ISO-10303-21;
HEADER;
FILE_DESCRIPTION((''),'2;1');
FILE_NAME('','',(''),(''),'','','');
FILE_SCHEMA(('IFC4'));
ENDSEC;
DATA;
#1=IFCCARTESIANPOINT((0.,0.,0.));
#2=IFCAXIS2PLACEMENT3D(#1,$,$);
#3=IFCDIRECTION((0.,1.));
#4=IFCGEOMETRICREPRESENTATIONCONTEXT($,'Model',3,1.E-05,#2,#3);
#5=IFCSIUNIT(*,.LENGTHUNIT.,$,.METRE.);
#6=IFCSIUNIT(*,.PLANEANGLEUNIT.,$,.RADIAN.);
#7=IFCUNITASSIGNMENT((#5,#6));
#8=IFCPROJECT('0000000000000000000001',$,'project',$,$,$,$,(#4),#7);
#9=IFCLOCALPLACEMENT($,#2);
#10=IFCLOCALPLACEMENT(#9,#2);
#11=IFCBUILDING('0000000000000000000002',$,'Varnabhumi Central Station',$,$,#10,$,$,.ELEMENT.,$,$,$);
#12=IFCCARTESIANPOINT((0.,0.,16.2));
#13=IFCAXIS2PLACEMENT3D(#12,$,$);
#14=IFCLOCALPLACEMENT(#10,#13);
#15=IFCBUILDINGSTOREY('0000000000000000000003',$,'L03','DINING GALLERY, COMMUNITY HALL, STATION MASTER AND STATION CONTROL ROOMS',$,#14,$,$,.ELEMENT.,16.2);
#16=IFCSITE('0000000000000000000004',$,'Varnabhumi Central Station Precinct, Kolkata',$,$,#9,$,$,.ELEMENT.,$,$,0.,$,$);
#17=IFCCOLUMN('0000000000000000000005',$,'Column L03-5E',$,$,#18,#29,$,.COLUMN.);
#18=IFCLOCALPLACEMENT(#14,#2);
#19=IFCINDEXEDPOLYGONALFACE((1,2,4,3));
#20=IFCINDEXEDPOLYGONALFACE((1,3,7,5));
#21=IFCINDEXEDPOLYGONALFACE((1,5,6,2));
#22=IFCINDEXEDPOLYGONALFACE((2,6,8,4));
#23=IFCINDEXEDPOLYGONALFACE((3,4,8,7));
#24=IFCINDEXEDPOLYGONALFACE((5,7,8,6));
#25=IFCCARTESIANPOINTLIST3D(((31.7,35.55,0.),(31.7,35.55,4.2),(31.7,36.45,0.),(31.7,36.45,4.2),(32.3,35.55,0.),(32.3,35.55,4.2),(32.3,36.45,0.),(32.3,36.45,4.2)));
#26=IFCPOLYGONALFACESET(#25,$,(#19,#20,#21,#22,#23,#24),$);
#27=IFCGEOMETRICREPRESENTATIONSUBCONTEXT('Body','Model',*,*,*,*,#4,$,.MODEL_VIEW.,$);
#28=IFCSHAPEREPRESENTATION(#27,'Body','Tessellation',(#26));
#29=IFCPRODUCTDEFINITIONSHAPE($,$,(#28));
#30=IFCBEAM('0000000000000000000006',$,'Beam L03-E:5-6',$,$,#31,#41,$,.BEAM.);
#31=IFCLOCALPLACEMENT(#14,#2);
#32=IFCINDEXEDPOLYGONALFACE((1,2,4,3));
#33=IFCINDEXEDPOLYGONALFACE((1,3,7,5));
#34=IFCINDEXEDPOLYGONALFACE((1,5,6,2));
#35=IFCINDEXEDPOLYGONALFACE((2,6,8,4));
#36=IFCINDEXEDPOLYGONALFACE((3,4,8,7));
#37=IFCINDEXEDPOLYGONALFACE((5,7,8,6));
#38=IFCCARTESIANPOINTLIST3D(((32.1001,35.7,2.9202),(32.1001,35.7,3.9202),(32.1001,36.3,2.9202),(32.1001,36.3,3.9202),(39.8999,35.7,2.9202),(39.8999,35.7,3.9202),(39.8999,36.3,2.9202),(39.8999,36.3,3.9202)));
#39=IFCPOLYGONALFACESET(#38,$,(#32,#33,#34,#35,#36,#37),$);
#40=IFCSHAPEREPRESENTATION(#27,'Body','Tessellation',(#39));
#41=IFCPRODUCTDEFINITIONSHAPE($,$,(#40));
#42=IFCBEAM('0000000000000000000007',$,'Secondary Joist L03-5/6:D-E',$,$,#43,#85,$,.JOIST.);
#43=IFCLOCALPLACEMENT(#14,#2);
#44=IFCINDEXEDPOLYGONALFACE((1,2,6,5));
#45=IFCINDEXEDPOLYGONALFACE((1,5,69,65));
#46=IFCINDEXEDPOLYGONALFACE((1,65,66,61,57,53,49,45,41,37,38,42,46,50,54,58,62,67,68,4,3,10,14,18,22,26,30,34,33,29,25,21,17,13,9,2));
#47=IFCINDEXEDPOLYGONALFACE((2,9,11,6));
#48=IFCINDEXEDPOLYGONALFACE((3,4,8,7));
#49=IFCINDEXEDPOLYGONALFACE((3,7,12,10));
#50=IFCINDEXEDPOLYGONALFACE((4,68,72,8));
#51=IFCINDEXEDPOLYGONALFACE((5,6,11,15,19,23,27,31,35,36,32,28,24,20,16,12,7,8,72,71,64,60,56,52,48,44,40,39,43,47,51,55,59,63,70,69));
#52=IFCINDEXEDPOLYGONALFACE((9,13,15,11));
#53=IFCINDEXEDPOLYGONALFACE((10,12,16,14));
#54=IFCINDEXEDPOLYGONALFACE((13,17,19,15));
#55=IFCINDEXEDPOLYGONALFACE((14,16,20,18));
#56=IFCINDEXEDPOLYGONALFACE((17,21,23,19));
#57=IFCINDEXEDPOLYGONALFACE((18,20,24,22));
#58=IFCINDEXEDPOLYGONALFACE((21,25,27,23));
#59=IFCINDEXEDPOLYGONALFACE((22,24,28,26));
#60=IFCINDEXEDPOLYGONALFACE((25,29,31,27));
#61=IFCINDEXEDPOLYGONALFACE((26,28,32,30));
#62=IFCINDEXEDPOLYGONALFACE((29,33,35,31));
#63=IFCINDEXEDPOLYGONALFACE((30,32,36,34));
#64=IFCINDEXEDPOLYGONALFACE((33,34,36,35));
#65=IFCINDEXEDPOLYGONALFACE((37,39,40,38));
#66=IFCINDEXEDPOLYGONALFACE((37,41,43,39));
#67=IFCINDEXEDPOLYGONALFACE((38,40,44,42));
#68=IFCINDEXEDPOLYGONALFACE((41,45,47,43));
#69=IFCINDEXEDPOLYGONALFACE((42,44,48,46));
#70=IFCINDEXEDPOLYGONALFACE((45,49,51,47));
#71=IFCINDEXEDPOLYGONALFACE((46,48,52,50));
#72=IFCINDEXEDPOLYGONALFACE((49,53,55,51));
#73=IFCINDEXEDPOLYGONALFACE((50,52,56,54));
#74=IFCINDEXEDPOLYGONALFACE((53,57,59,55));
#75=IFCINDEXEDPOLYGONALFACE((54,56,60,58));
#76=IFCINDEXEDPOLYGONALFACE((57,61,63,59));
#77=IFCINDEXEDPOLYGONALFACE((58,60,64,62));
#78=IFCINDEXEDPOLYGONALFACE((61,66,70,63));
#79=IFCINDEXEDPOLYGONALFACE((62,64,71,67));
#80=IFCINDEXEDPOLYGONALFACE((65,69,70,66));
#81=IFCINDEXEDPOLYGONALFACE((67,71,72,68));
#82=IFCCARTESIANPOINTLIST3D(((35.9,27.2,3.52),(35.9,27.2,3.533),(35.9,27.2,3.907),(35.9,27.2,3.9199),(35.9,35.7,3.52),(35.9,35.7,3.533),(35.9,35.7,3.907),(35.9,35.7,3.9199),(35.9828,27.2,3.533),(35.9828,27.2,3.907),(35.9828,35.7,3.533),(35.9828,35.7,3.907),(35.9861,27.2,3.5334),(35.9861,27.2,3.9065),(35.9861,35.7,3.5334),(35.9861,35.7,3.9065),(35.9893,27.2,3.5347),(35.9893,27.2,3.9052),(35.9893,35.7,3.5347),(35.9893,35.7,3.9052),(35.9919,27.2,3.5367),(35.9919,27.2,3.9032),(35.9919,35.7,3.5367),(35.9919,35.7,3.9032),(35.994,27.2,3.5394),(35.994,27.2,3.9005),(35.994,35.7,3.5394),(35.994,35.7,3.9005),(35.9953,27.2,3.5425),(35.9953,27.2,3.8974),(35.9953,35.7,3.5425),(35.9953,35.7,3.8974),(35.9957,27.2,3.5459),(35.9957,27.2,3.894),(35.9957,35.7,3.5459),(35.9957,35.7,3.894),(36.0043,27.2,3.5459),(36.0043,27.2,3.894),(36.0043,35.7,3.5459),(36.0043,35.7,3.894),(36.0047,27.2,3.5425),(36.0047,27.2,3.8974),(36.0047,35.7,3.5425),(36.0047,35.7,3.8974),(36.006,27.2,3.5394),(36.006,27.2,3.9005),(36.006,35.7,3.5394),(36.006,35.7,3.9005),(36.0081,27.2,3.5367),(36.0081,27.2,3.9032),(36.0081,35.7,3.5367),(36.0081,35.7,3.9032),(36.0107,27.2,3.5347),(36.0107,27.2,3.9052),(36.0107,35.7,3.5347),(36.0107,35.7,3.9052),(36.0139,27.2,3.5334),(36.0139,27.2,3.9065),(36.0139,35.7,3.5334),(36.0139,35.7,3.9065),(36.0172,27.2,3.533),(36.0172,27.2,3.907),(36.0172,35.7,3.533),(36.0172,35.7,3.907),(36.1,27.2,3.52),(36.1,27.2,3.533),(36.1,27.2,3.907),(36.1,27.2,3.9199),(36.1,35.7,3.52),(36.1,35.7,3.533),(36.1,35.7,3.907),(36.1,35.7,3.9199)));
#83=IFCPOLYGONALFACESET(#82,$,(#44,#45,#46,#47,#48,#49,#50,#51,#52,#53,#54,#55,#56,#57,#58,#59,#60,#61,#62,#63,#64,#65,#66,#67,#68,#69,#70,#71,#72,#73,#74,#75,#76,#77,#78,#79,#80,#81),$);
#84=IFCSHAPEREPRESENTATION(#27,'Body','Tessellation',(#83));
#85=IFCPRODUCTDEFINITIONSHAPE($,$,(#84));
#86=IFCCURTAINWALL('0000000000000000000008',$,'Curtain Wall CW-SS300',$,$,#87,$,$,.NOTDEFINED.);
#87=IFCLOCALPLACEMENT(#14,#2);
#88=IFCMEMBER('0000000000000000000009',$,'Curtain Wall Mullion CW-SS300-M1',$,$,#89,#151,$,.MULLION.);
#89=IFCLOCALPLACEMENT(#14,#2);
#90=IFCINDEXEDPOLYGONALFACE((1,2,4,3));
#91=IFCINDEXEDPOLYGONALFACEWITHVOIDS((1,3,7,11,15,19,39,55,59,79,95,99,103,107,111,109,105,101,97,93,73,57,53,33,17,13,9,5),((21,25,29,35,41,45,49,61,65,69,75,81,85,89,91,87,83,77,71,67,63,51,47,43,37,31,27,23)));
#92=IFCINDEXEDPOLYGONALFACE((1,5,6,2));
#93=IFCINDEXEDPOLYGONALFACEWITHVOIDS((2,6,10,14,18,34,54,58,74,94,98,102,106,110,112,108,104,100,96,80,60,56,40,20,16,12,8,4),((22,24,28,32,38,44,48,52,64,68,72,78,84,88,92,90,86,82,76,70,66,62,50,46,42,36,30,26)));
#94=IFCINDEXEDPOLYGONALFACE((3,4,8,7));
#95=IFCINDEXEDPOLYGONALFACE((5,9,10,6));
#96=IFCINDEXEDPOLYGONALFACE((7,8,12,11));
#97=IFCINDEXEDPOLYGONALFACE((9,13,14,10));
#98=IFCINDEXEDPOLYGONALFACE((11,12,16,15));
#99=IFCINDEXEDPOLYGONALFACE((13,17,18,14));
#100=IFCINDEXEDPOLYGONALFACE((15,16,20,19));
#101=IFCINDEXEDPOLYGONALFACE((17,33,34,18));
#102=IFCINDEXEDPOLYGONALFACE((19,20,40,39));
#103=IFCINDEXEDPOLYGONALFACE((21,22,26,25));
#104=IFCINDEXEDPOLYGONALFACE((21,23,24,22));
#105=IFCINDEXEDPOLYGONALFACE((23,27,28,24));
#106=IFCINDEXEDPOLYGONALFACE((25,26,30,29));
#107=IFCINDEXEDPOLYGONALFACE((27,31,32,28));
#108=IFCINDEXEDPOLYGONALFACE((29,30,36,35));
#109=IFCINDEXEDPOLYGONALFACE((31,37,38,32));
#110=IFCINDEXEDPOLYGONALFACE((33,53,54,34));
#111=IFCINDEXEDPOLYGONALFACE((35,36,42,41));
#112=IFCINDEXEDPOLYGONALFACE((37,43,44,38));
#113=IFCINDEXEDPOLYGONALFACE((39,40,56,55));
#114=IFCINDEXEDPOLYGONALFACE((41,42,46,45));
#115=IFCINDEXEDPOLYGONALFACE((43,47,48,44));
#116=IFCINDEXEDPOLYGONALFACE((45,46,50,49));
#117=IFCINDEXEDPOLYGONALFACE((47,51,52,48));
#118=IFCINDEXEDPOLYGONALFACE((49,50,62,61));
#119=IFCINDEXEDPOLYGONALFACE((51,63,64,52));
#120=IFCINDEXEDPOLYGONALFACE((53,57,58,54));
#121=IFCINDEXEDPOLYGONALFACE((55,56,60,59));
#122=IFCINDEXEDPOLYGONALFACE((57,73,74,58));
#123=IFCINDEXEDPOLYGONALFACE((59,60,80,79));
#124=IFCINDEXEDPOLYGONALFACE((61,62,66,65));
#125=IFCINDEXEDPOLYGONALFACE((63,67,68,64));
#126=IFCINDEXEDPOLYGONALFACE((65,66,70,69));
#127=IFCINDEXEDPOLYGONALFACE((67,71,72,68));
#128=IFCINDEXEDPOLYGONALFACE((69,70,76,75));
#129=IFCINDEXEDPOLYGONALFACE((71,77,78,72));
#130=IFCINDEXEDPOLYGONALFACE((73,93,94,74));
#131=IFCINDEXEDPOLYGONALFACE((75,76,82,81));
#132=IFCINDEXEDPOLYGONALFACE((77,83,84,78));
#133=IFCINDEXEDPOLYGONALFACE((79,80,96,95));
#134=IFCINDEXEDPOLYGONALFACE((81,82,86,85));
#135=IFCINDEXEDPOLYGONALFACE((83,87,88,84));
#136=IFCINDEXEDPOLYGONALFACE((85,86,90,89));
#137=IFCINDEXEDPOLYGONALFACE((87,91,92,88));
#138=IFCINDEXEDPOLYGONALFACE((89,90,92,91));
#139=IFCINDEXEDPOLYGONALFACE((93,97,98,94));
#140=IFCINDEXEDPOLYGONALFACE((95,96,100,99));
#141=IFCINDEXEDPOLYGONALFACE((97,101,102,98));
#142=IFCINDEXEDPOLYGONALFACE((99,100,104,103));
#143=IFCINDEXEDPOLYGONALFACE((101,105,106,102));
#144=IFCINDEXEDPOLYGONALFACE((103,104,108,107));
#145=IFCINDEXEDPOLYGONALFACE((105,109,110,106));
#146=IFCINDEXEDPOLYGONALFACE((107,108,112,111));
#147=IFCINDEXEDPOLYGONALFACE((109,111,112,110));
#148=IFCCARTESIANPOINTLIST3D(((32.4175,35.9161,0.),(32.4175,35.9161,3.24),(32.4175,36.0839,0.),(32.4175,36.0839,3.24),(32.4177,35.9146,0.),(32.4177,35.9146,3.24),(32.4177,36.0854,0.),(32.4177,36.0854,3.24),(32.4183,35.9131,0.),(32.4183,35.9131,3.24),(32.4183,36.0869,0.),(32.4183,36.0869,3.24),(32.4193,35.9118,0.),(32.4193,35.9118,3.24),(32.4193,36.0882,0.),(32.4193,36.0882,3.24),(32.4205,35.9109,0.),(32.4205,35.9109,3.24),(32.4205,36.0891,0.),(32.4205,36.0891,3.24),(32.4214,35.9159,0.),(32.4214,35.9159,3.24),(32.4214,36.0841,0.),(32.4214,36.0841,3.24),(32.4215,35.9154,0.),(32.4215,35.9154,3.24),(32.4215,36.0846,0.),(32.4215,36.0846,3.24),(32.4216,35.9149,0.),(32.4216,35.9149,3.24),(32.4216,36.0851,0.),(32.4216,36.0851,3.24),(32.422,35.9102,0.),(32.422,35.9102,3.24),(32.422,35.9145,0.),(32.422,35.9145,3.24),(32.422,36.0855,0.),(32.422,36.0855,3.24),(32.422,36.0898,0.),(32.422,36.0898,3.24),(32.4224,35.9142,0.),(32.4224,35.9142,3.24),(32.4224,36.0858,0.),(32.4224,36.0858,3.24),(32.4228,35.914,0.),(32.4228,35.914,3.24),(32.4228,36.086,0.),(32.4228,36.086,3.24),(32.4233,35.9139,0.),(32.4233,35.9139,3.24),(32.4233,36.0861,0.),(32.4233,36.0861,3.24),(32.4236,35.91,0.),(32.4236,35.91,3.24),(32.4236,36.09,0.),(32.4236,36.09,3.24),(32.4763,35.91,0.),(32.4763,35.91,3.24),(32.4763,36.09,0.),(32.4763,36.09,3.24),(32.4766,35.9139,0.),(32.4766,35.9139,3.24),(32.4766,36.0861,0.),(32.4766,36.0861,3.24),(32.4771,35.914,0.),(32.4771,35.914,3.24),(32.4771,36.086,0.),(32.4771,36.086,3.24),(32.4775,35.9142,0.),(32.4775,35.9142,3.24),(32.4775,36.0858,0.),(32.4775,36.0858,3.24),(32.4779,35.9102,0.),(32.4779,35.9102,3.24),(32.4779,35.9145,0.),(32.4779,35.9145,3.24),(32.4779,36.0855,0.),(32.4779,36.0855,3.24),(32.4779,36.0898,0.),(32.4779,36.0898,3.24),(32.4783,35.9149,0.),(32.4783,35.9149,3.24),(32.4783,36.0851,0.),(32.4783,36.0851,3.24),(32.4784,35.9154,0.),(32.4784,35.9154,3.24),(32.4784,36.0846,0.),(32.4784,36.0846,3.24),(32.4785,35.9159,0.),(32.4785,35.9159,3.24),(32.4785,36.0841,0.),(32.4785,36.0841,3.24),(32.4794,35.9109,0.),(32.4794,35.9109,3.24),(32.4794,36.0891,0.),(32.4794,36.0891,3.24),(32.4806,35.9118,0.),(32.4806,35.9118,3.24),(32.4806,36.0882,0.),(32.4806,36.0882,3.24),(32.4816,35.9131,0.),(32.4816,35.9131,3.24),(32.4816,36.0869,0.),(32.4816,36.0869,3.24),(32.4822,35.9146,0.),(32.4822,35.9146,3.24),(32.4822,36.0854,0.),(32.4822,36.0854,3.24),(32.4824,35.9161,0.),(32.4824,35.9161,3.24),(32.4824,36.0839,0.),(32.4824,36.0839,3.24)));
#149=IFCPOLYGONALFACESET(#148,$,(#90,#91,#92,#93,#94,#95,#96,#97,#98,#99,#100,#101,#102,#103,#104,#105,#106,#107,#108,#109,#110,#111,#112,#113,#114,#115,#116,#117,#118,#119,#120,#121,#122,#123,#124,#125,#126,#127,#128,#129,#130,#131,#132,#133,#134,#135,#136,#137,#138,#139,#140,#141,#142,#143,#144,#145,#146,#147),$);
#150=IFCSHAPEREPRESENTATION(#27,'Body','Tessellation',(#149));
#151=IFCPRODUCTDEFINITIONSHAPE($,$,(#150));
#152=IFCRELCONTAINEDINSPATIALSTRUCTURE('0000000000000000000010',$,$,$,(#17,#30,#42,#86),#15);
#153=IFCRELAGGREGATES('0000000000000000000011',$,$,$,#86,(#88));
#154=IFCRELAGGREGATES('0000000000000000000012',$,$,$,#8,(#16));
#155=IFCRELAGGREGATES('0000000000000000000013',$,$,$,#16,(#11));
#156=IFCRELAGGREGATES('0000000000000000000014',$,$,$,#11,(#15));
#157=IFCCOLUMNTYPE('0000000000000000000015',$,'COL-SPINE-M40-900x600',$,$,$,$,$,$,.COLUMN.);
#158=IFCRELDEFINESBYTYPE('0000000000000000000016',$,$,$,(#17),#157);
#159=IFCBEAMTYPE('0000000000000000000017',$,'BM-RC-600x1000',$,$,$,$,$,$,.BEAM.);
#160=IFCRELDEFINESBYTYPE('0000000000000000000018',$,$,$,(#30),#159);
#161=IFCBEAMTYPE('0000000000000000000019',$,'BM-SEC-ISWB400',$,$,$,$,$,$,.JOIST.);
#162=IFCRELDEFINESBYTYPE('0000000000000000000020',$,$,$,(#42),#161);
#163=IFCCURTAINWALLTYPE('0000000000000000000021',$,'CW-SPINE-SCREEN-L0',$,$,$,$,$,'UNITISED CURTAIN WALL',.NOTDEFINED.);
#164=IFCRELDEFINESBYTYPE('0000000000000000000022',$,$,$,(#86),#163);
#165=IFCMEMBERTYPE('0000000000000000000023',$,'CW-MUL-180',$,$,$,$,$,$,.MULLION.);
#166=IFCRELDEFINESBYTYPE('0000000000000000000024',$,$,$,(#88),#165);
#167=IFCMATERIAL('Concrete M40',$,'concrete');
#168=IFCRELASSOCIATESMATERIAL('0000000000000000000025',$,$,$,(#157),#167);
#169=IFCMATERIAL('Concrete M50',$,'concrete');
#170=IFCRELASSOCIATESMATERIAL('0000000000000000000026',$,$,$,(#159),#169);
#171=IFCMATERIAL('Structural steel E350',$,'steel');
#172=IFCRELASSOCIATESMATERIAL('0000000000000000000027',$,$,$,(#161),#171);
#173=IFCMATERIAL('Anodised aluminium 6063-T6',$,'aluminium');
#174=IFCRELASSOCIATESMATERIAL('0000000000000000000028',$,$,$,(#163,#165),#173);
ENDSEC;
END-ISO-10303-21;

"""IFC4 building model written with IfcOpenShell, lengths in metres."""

from ifc_helpers import new_model, si_unit, direction, frame, origin, origin_2d, place, context, subcontext, project, spatial, rectangle, hollow_rectangle, i_section, extrude, material, material_profile, profile_set, type_object, element, aggregate, save


model = new_model("IFC4")

# Units and contexts
model_context = context("Model", 3, precision=1e-05, world=origin(), true_north=direction((0.0, 1.0)))
body_context = subcontext(model_context, "Body", "Model", "MODEL_VIEW")
ifc_project = project(units=[si_unit("LENGTHUNIT", "METRE"), si_unit("PLANEANGLEUNIT", "RADIAN")], contexts=[model_context])

# Site, building, storey
site_placement = place(None, origin())
site = spatial("IfcSite", under=ifc_project, at=site_placement, Name="Varnabhumi Central Station Precinct, Kolkata", CompositionType="ELEMENT", RefElevation=0.0)
building_placement = place(site_placement, origin())
building = spatial("IfcBuilding", under=site, at=building_placement, Name="Varnabhumi Central Station", CompositionType="ELEMENT")
storey_placement = place(building_placement, frame((0.0, 0.0, 16.2)))
storey = spatial("IfcBuildingStorey", under=building, at=storey_placement, Name="L03", Description="DINING GALLERY, COMMUNITY HALL, STATION MASTER AND STATION CONTROL ROOMS", CompositionType="ELEMENT", Elevation=16.2)

# Column
ifc_material_1 = material(Name="Concrete M40", Category="concrete")
ifc_material_profile_1 = material_profile(ifc_material_1, rectangle(XDim=0.6001, YDim=0.8999, at=origin_2d()), Name="Concrete M40", Category="concrete")
ifc_profile_set_1 = profile_set([ifc_material_profile_1], Name="Concrete M40")
column_type = type_object("IfcColumnType", Name="COL-SPINE-M40-900x600", PredefinedType="COLUMN", material=ifc_profile_set_1)
column_placement = place(storey_placement, frame((32.0, 36.0, 0.0), z_axis=(0.0, 0.0, 1.0), x_axis=(1.0, 0.0, 0.0)))
element("IfcColumn", 1, at=column_placement, inside=storey, type_object=column_type, Name="Column L03-5E", PredefinedType="COLUMN", context=body_context, shape_type="SweptSolid", body=[
    extrude(rectangle(XDim=0.6001, YDim=0.8999, at=origin_2d()), origin(), (0.0, 0.0, 1.0), 4.2),
])

# Beams
ifc_material_2 = material(Name="Concrete M50", Category="concrete")
ifc_material_profile_2 = material_profile(ifc_material_2, rectangle(XDim=0.6001, YDim=1.0, at=origin_2d()), Name="Concrete M50", Category="concrete")
ifc_profile_set_2 = profile_set([ifc_material_profile_2], Name="Concrete M50")
beam_type_1 = type_object("IfcBeamType", Name="BM-RC-600x1000", PredefinedType="BEAM", material=ifc_profile_set_2)
beam_1_placement = place(storey_placement, frame((32.1001, 36.0, 3.4202), z_axis=(1.0, 0.0, 0.0), x_axis=(0.0, 1.0, 0.0)))
element("IfcBeam", 2, at=beam_1_placement, inside=storey, type_object=beam_type_1, Name="Beam L03-E:5-6", PredefinedType="BEAM", context=body_context, shape_type="SweptSolid", body=[
    extrude(rectangle(XDim=0.6001, YDim=1.0, at=origin_2d()), origin(), (0.0, 0.0, 1.0), 7.7998),
])
ifc_material_3 = material(Name="Structural steel E350", Category="steel")
ifc_material_profile_3 = material_profile(ifc_material_3, i_section(OverallWidth=0.2, OverallDepth=0.3999, WebThickness=0.0085, FlangeThickness=0.0129, FilletRadius=0.0129, at=origin_2d()), Name="Structural steel E350", Category="steel")
ifc_profile_set_3 = profile_set([ifc_material_profile_3], Name="Structural steel E350")
beam_type_2 = type_object("IfcBeamType", Name="BM-SEC-ISWB400", PredefinedType="JOIST", material=ifc_profile_set_3)
beam_2_placement = place(storey_placement, frame((36.0, 27.2, 3.72), z_axis=(0.0, 1.0, 0.0), x_axis=(-1.0, 0.0, 0.0)))
element("IfcBeam", 3, at=beam_2_placement, inside=storey, type_object=beam_type_2, Name="Secondary Joist L03-5/6:D-E", PredefinedType="JOIST", context=body_context, shape_type="SweptSolid", body=[
    extrude(i_section(OverallWidth=0.2, OverallDepth=0.3999, WebThickness=0.0085, FlangeThickness=0.0129, FilletRadius=0.0129, at=origin_2d()), origin(), (0.0, 0.0, 1.0), 8.5),
])

# Curtain wall, member
ifc_material_4 = material(Name="Anodised aluminium 6063-T6", Category="aluminium")
curtain_wall_type = type_object("IfcCurtainWallType", Name="CW-SPINE-SCREEN-L0", ElementType="UNITISED CURTAIN WALL", PredefinedType="NOTDEFINED", material=ifc_material_4)
curtain_wall_placement = place(storey_placement, origin())
curtain_wall = element("IfcCurtainWall", 4, at=curtain_wall_placement, inside=storey, type_object=curtain_wall_type, Name="Curtain Wall CW-SS300", PredefinedType="NOTDEFINED")
ifc_material_profile_4 = material_profile(ifc_material_4, hollow_rectangle(XDim=0.0649, YDim=0.1799, WallThickness=0.0039, InnerFilletRadius=0.002, OuterFilletRadius=0.0061, at=origin_2d()), Name="Anodised aluminium 6063-T6", Category="aluminium")
ifc_profile_set_4 = profile_set([ifc_material_profile_4], Name="Anodised aluminium 6063-T6")
member_type_1 = type_object("IfcMemberType", Name="CW-MUL-180", PredefinedType="MULLION", material=ifc_profile_set_4)
member_1_placement = place(storey_placement, frame((32.45, 36.0, 0.0), z_axis=(0.0, 0.0, 1.0), x_axis=(1.0, 0.0, 0.0)))
member_1 = element("IfcMember", 5, at=member_1_placement, type_object=member_type_1, Name="Curtain Wall Mullion CW-SS300-M1", PredefinedType="MULLION", context=body_context, shape_type="SweptSolid", body=[
    extrude(hollow_rectangle(XDim=0.0649, YDim=0.1799, WallThickness=0.0039, InnerFilletRadius=0.002, OuterFilletRadius=0.0061, at=origin_2d()), origin(), (0.0, 0.0, 1.0), 3.24),
])
aggregate(curtain_wall, [member_1])

save(model, "model.ifc")
